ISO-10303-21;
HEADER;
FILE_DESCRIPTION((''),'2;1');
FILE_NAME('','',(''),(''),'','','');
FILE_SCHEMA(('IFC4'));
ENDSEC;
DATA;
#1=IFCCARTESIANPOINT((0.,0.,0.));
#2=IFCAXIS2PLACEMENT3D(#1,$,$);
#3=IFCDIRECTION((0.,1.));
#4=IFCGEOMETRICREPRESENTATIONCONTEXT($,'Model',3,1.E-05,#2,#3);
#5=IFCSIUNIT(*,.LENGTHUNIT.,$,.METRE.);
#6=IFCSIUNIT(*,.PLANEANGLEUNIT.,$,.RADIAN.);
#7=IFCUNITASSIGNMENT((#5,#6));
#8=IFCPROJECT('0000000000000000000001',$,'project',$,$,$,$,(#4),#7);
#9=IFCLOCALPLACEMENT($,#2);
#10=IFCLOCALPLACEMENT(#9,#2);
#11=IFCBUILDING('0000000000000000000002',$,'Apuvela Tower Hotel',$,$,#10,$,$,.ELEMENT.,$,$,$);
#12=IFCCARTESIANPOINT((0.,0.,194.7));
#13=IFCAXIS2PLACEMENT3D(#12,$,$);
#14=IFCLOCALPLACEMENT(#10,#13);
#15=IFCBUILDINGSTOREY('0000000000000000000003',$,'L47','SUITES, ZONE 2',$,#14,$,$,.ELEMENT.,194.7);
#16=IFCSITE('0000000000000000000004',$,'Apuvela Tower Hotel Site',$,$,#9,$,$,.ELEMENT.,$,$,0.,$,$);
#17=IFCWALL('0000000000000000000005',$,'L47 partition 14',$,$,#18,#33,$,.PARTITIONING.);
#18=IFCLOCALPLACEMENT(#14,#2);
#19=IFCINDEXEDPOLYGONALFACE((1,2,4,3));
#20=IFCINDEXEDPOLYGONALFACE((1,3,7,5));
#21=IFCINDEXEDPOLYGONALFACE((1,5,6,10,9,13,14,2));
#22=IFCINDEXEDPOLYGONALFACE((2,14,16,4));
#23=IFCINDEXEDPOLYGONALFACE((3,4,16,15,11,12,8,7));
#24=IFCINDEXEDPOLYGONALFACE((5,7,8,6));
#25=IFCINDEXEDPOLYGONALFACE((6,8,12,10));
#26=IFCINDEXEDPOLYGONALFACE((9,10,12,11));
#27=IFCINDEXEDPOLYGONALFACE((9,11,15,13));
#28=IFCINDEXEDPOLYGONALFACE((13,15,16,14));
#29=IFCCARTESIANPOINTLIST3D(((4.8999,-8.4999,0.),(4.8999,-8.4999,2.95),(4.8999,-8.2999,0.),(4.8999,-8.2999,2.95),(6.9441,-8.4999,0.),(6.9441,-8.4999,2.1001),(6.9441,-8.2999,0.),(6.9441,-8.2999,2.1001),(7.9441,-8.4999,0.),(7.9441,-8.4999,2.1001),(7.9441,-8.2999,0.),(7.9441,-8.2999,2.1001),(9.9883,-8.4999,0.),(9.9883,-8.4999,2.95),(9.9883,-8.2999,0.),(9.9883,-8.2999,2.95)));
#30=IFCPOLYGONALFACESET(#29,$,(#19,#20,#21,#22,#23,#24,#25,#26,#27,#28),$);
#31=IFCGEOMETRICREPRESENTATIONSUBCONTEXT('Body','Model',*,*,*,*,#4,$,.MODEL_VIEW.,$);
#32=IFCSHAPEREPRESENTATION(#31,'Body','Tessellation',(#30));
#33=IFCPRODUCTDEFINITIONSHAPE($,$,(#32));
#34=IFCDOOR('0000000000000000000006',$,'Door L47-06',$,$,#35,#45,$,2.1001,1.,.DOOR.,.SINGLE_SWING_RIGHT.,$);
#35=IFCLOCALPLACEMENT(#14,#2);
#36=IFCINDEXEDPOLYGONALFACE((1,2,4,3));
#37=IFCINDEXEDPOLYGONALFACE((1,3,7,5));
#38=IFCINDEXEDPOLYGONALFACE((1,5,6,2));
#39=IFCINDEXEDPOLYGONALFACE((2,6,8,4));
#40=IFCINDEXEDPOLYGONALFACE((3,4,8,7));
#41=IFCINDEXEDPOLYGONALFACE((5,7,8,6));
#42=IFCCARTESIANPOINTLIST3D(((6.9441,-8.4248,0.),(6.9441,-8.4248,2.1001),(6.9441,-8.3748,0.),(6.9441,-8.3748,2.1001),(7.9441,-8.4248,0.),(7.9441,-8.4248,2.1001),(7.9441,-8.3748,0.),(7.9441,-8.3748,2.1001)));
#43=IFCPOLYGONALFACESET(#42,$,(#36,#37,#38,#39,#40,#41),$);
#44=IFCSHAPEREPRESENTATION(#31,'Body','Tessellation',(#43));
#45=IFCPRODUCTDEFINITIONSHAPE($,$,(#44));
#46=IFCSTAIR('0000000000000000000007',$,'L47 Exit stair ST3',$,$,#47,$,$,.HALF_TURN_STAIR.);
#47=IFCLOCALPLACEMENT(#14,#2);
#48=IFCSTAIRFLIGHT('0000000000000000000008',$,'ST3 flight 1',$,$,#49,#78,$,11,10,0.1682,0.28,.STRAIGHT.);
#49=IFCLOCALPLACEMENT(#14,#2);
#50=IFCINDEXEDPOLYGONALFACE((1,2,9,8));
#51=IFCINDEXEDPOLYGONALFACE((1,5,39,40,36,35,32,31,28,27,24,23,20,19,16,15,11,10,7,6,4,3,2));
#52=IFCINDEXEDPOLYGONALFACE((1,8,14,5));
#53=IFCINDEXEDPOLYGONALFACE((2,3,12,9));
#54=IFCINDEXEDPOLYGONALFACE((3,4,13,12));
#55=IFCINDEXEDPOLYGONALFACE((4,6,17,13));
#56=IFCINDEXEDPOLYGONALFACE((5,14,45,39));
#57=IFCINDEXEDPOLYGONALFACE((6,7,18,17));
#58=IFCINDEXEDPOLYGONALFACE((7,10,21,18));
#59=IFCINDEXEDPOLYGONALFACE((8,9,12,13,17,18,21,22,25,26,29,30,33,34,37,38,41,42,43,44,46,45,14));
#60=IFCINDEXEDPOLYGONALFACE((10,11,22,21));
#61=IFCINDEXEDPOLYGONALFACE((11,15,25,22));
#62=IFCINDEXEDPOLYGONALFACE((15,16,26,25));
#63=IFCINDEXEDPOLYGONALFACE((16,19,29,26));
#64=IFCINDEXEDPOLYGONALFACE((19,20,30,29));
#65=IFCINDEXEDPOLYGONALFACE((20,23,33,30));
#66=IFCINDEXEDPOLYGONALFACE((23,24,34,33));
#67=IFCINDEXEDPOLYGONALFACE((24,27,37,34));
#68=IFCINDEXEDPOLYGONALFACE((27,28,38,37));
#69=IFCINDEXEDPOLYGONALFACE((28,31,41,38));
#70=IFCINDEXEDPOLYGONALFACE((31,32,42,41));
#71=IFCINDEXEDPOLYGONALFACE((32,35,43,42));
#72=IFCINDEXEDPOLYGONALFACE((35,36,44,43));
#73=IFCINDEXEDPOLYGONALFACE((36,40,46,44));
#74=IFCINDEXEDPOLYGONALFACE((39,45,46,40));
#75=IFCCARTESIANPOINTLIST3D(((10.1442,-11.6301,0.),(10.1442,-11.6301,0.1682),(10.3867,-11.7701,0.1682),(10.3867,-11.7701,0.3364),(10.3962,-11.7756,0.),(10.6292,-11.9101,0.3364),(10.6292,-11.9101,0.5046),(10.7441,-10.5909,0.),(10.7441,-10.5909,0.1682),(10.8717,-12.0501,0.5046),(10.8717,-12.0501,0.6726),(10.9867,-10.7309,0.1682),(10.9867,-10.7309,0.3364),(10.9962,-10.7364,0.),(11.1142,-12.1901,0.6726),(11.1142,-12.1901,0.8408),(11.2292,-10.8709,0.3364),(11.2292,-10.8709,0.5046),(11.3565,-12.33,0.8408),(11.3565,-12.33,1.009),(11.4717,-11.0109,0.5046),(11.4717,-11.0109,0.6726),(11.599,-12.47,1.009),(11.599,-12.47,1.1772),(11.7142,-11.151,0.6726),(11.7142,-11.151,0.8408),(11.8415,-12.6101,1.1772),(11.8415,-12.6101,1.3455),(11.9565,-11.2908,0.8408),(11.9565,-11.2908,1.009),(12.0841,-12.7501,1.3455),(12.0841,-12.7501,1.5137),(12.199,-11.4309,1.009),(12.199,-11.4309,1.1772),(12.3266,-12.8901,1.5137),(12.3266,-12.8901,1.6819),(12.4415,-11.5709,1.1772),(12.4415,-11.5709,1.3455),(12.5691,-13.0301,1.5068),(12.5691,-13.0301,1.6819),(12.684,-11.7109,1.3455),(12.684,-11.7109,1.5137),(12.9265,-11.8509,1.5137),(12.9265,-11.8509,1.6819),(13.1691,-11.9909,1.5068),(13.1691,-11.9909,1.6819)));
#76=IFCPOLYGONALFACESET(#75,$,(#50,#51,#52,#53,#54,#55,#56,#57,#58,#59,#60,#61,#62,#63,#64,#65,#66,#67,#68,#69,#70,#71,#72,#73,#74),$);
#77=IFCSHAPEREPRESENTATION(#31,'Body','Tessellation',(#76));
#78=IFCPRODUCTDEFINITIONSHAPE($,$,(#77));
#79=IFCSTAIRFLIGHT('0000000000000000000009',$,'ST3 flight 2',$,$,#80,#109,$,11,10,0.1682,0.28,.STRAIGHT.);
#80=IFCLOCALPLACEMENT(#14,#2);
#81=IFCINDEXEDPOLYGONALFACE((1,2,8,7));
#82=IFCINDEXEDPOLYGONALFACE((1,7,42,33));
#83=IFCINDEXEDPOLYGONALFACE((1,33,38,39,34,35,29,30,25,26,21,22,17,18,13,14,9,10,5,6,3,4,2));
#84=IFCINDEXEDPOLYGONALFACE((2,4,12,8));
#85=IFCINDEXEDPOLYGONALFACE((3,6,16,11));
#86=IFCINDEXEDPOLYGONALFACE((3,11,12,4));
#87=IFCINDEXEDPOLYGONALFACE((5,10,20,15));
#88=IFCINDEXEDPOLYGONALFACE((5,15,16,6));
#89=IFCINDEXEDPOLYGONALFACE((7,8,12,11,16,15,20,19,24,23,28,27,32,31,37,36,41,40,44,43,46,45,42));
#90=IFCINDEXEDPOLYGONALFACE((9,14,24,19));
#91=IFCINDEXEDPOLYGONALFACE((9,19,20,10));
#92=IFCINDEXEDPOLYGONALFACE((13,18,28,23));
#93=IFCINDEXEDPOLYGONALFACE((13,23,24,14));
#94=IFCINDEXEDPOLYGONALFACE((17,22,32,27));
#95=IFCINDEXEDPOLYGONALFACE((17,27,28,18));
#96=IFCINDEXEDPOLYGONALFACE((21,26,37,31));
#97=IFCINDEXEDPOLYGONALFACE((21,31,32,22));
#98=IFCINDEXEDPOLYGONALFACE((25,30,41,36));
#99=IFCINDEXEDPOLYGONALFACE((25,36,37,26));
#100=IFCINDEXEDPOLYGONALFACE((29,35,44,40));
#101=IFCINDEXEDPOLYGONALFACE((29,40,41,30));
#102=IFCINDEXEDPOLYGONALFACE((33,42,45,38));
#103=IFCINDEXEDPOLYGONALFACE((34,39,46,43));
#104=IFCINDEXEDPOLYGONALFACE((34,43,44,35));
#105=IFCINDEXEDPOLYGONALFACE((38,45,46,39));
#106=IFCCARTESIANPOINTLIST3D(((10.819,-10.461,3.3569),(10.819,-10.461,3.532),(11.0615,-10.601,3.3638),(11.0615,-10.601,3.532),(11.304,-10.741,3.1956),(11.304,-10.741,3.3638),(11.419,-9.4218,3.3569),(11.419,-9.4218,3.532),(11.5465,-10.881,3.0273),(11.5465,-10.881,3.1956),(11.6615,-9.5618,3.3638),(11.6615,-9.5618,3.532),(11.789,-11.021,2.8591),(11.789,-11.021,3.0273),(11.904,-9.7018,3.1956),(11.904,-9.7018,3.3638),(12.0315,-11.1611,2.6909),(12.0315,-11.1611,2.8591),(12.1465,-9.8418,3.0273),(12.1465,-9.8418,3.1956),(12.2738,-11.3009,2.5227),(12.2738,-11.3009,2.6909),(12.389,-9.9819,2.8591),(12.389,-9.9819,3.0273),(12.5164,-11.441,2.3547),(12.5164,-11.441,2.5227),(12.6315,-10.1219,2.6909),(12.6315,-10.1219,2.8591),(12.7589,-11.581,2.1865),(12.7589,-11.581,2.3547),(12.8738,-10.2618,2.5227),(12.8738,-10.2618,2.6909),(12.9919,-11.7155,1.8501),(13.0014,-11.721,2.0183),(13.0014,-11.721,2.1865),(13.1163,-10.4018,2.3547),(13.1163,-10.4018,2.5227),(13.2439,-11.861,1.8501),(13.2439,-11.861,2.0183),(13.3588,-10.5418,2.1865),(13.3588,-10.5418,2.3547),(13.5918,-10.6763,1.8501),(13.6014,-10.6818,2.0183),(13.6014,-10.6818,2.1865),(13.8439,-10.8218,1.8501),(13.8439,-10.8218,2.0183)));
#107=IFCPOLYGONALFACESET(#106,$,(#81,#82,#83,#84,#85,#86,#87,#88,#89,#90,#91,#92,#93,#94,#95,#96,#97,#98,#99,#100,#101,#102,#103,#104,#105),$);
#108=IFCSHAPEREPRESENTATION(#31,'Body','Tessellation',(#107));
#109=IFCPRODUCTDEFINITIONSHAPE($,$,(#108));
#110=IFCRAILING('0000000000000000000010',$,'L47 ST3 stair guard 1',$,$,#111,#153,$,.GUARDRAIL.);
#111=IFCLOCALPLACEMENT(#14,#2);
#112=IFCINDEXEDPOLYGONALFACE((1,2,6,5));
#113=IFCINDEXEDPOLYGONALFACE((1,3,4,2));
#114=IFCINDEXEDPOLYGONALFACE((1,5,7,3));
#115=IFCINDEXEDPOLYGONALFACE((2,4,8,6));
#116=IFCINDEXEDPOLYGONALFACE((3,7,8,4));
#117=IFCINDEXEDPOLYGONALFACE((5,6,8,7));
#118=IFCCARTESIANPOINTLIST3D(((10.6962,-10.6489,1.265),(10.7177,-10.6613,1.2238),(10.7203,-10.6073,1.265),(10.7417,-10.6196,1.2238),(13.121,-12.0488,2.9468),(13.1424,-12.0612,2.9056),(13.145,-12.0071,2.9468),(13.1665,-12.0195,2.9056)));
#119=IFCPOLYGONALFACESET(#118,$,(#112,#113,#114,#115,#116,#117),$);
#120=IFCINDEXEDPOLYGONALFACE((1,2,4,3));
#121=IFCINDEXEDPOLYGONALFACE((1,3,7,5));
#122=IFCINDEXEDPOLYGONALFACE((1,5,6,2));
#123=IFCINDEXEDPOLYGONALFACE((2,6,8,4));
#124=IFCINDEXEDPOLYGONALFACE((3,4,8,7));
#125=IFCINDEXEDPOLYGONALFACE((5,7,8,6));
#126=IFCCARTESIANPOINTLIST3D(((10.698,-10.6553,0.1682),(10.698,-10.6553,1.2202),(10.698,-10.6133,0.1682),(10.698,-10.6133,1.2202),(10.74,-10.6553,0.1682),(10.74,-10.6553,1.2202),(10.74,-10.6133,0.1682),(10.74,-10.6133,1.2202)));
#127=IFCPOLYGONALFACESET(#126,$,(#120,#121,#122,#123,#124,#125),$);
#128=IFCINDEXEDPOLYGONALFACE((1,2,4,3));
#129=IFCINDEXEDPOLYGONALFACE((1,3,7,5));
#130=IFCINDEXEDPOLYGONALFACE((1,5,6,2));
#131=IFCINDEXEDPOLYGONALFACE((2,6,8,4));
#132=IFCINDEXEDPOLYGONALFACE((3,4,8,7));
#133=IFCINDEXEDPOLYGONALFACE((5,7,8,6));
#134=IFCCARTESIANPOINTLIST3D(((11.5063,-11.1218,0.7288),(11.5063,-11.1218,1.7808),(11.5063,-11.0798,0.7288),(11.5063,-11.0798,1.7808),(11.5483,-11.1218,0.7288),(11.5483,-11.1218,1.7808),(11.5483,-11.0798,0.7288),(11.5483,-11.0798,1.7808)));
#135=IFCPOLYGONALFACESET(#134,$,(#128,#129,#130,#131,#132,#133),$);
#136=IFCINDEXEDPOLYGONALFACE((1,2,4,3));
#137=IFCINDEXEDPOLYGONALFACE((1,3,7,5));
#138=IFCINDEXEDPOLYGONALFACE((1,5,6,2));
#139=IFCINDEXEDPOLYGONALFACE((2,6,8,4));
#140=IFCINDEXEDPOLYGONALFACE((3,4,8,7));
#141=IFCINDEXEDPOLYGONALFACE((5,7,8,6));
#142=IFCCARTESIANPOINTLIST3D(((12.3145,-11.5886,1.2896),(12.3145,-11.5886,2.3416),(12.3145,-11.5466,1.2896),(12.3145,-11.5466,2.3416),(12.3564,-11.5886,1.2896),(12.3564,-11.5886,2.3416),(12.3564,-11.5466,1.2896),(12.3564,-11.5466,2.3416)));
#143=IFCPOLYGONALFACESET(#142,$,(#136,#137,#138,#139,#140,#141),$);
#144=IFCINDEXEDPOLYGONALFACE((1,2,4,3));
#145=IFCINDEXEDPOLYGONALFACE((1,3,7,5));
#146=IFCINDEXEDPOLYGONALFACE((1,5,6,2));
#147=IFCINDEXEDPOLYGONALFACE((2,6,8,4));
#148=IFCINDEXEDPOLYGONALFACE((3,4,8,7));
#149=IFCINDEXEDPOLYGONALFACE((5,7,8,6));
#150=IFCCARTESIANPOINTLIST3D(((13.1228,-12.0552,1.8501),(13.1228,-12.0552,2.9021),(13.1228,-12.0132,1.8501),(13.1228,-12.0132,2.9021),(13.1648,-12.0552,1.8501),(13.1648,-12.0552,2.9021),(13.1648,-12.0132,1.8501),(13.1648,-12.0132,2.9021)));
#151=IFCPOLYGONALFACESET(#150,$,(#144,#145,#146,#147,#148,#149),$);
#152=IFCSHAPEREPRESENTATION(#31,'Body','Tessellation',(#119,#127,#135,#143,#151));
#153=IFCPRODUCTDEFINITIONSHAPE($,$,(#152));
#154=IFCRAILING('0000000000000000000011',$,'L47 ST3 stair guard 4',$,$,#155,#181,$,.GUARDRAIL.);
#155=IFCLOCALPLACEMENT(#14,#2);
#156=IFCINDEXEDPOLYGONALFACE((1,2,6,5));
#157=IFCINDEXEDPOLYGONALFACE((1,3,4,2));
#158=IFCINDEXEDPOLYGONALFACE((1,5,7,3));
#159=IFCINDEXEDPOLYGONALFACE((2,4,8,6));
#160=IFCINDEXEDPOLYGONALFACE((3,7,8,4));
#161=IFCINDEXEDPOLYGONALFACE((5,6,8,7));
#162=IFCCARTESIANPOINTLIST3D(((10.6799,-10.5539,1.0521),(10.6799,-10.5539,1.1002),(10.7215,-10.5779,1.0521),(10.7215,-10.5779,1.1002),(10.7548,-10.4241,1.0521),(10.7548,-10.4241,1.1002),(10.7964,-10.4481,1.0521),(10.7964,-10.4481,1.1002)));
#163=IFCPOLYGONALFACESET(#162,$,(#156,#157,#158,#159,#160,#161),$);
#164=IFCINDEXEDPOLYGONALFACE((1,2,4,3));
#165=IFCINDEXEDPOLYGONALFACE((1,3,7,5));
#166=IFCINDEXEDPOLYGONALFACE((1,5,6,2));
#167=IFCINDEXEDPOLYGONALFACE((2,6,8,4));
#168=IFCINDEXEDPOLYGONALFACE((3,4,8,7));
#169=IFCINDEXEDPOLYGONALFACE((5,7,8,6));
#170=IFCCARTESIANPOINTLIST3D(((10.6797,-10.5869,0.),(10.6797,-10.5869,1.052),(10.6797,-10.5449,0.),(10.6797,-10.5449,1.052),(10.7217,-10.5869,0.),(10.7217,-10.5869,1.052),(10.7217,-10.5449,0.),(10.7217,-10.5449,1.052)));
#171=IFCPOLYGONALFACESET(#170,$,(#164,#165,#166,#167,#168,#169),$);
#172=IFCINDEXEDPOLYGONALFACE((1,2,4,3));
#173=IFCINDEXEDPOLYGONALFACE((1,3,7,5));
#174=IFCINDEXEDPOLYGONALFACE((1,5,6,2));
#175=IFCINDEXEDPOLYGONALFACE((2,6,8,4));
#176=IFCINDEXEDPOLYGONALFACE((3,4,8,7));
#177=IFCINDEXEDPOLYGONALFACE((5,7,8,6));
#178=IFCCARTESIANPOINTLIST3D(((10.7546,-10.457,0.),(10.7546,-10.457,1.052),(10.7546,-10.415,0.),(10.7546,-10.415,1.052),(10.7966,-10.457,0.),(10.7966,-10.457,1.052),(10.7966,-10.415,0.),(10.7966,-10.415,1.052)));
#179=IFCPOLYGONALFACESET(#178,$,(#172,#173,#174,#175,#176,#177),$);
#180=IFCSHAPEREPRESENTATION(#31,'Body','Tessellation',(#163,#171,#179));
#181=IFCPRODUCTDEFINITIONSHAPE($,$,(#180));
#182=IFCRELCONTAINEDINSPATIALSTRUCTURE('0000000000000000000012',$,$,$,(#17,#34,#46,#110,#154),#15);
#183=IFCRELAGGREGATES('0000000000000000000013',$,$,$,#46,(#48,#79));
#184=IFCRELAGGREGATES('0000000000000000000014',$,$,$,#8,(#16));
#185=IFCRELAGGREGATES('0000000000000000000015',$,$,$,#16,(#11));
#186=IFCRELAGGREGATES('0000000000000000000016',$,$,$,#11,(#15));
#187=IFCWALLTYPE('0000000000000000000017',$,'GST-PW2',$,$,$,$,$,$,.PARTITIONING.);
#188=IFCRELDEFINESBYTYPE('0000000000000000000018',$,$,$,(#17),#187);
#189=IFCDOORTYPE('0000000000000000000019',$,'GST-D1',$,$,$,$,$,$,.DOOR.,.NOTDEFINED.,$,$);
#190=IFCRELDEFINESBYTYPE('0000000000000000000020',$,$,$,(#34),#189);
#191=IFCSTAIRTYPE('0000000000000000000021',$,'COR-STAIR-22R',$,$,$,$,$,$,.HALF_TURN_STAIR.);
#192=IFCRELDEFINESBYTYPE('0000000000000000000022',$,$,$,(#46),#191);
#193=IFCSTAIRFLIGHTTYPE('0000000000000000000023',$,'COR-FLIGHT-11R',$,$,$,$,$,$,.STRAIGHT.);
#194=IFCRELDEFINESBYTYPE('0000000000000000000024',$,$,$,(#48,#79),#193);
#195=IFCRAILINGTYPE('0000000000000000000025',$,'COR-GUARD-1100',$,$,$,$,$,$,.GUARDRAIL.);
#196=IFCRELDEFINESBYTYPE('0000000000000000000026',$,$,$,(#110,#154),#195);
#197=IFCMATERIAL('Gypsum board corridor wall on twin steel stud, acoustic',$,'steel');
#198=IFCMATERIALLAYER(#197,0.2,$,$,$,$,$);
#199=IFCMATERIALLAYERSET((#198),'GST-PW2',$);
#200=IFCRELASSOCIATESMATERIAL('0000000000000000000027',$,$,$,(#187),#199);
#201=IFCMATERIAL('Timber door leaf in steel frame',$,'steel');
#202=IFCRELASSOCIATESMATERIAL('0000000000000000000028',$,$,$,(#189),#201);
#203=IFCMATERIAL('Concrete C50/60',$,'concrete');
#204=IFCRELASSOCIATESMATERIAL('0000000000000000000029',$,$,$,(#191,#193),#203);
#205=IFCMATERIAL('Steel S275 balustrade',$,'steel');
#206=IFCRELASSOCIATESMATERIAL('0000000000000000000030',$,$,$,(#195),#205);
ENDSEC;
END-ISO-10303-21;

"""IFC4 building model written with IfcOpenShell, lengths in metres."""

from ifc_helpers import new_model, si_unit, direction, frame, frame_2d, origin, origin_2d, place, context, subcontext, project, spatial, polyline, rectangle, outline, extrude, material, layer, layer_set, type_object, element, fill, aggregate, save


model = new_model("IFC4")

# Units and contexts
model_context = context("Model", 3, precision=1e-05, world=origin(), true_north=direction((0.0, 1.0)))
body_context = subcontext(model_context, "Body", "Model", "MODEL_VIEW")
ifc_project = project(units=[si_unit("LENGTHUNIT", "METRE"), si_unit("PLANEANGLEUNIT", "RADIAN")], contexts=[model_context])

# Site, building, storey
site_placement = place(None, origin())
site = spatial("IfcSite", under=ifc_project, at=site_placement, Name="Apuvela Tower Hotel Site", CompositionType="ELEMENT", RefElevation=0.0)
building_placement = place(site_placement, origin())
building = spatial("IfcBuilding", under=site, at=building_placement, Name="Apuvela Tower Hotel", CompositionType="ELEMENT")
storey_placement = place(building_placement, frame((0.0, 0.0, 194.7)))
storey = spatial("IfcBuildingStorey", under=building, at=storey_placement, Name="L47", Description="SUITES, ZONE 2", CompositionType="ELEMENT", Elevation=194.7)

# Shared definitions
ifc_material_1 = material(Name="Concrete C50/60", Category="concrete")

# Wall, opening, door
ifc_material_2 = material(Name="Gypsum board corridor wall on twin steel stud, acoustic", Category="steel")
ifc_layer_1 = layer(ifc_material_2, 0.2)
ifc_layer_set_1 = layer_set([ifc_layer_1], Name="GST-PW2")
wall_type_1 = type_object("IfcWallType", Name="GST-PW2", PredefinedType="PARTITIONING", material=ifc_layer_set_1)
ifc_material_3 = material(Name="Timber door leaf in steel frame", Category="steel")
wall_1_placement = place(storey_placement, frame((9.9883, -8.3999, 0.0), z_axis=(0.0, 0.0, 1.0), x_axis=(-1.0, 0.0, 0.0)))
wall_1 = element("IfcWall", 1, at=wall_1_placement, inside=storey, type_object=wall_type_1, Name="L47 partition 14", PredefinedType="PARTITIONING", context=body_context, shape_type="SweptSolid", body=[
    extrude(rectangle(XDim=5.0884, YDim=0.2, at=frame_2d((2.5442, 0.0))), origin(), (0.0, 0.0, 1.0), 2.95),
])
opening_1_placement = place(wall_1_placement, frame((2.0442, 0.0, 0.0)))
opening_1 = element("IfcOpeningElement", 2, at=opening_1_placement, cuts=wall_1, PredefinedType="OPENING", context=body_context, shape_type="SweptSolid", body=[
    extrude(rectangle(XDim=1.0, YDim=2.1001, at=frame_2d((0.5, 1.05))), frame((0.0, 0.1099, 0.0), z_axis=(0.0, -1.0, 0.0), x_axis=(1.0, 0.0, 0.0)), (0.0, 0.0, 1.0), 0.22),
])
door_type_1 = type_object("IfcDoorType", Name="GST-D1", OperationType="NOTDEFINED", PredefinedType="DOOR", material=ifc_material_3)
door_1_placement = place(opening_1_placement, origin())
door_1 = element("IfcDoor", 3, at=door_1_placement, inside=storey, type_object=door_type_1, Name="Door L47-06", OperationType="SINGLE_SWING_RIGHT", OverallHeight=2.1001, OverallWidth=1.0, PredefinedType="DOOR", context=body_context, shape_type="SweptSolid", body=[
    extrude(rectangle(XDim=1.0, YDim=2.1001, at=frame_2d((0.5, 1.05))), frame((0.0, 0.0249, 0.0), z_axis=(0.0, -1.0, 0.0), x_axis=(1.0, 0.0, 0.0)), (0.0, 0.0, 1.0), 0.05),
])
fill(opening_1, door_1)

# Stair, stair flights
stair_type = type_object("IfcStairType", Name="COR-STAIR-22R", PredefinedType="HALF_TURN_STAIR", material=ifc_material_1)
stair_placement = place(storey_placement, origin())
stair = element("IfcStair", 4, at=stair_placement, inside=storey, type_object=stair_type, Name="L47 Exit stair ST3", PredefinedType="HALF_TURN_STAIR")
stair_flight_type = type_object("IfcStairFlightType", Name="COR-FLIGHT-11R", PredefinedType="STRAIGHT", material=ifc_material_1)
stair_flight_1_placement = place(storey_placement, frame((10.4441, -11.1106, 0.0), z_axis=(0.0, 0.0, 1.0), x_axis=(0.866025, -0.5, 0.0)))
stair_flight_1 = element("IfcStairFlight", 5, at=stair_flight_1_placement, type_object=stair_flight_type, Name="ST3 flight 1", NumberOfRisers=11, NumberOfTreads=10, PredefinedType="STRAIGHT", RiserHeight=0.1682, TreadLength=0.28, context=body_context, shape_type="SweptSolid", body=[
    extrude(outline(polyline([(0.0, 0.0), (0.0, 0.1682), (0.28, 0.1682), (0.28, 0.3364), (0.5601, 0.3364), (0.5601, 0.5046), (0.8401, 0.5046), (0.8401, 0.6726), (1.1201, 0.6726), (1.1201, 0.8408), (1.3999, 0.8408), (1.3999, 1.009), (1.6799, 1.009), (1.6799, 1.1772), (1.96, 1.1772), (1.96, 1.3455), (2.24, 1.3455), (2.24, 1.5137), (2.52, 1.5137), (2.52, 1.6819), (2.8, 1.6819), (2.8, 1.8501), (2.8, 1.5068), (0.291, 0.0), (0.0, 0.0)])), frame((0.0, 0.6001, 0.0), z_axis=(0.0, -1.0, 0.0), x_axis=(1.0, 0.0, 0.0)), (0.0, 0.0, 1.0), 1.2),
])
stair_flight_2_placement = place(storey_placement, frame((13.5439, -11.3413, 1.8501), z_axis=(0.0, 0.0, 1.0), x_axis=(-0.866025, 0.5, 0.0)))
stair_flight_2 = element("IfcStairFlight", 6, at=stair_flight_2_placement, type_object=stair_flight_type, Name="ST3 flight 2", NumberOfRisers=11, NumberOfTreads=10, PredefinedType="STRAIGHT", RiserHeight=0.1682, TreadLength=0.28, context=body_context, shape_type="SweptSolid", body=[
    extrude(outline(polyline([(0.0, 0.0), (0.0, 0.1682), (0.28, 0.1682), (0.28, 0.3364), (0.5601, 0.3364), (0.5601, 0.5046), (0.8401, 0.5046), (0.8401, 0.6726), (1.1201, 0.6726), (1.1201, 0.8408), (1.3999, 0.8408), (1.3999, 1.009), (1.6799, 1.009), (1.6799, 1.1772), (1.96, 1.1772), (1.96, 1.3455), (2.24, 1.3455), (2.24, 1.5137), (2.52, 1.5137), (2.52, 1.6819), (2.8, 1.6819), (2.8, 1.8501), (2.8, 1.5068), (0.291, 0.0), (0.0, 0.0)])), frame((0.0, 0.6001, 0.0), z_axis=(0.0, -1.0, 0.0), x_axis=(1.0, 0.0, 0.0)), (0.0, 0.0, 1.0), 1.2),
])
aggregate(stair, [stair_flight_1, stair_flight_2])

# Railings
ifc_material_4 = material(Name="Steel S275 balustrade", Category="steel")
railing_type_1 = type_object("IfcRailingType", Name="COR-GUARD-1100", PredefinedType="GUARDRAIL", material=ifc_material_4)
railing_1_placement = place(storey_placement, frame((10.719, -10.6343, 0.1682)))
element("IfcRailing", 7, at=railing_1_placement, inside=storey, type_object=railing_type_1, Name="L47 ST3 stair guard 1", PredefinedType="GUARDRAIL", context=body_context, shape_type="SweptSolid", body=[
    extrude(rectangle(XDim=0.0481, YDim=0.0481, at=origin_2d()), frame((0.0, 0.0, 1.0762), z_axis=(0.74239, -0.428601, 0.514934), x_axis=(0.499984, 0.866035, 0.0)), (0.0, 0.0, 1.0), 3.2661),
    extrude(rectangle(XDim=0.042, YDim=0.042, at=origin_2d()), origin(), (0.0, 0.0, 1.0), 1.052),
    extrude(rectangle(XDim=0.042, YDim=0.042, at=origin_2d()), frame((0.8083, -0.4666, 0.5605)), (0.0, 0.0, 1.0), 1.052),
    extrude(rectangle(XDim=0.042, YDim=0.042, at=origin_2d()), frame((1.6165, -0.9333, 1.1213)), (0.0, 0.0, 1.0), 1.052),
    extrude(rectangle(XDim=0.042, YDim=0.042, at=origin_2d()), frame((2.4248, -1.3999, 1.6819)), (0.0, 0.0, 1.0), 1.052),
])
railing_2_placement = place(storey_placement, frame((10.7007, -10.5659, 0.0)))
element("IfcRailing", 8, at=railing_2_placement, inside=storey, type_object=railing_type_1, Name="L47 ST3 stair guard 4", PredefinedType="GUARDRAIL", context=body_context, shape_type="SweptSolid", body=[
    extrude(rectangle(XDim=0.0481, YDim=0.0481, at=origin_2d()), frame((0.0, 0.0, 1.0762), z_axis=(0.499816, 0.866131, 0.0), x_axis=(-0.866131, 0.499816, 0.0)), (0.0, 0.0, 1.0), 0.1499),
    extrude(rectangle(XDim=0.042, YDim=0.042, at=origin_2d()), origin(), (0.0, 0.0, 1.0), 1.052),
    extrude(rectangle(XDim=0.042, YDim=0.042, at=origin_2d()), frame((0.075, 0.1299, 0.0)), (0.0, 0.0, 1.0), 1.052),
])

save(model, "model.ifc")
